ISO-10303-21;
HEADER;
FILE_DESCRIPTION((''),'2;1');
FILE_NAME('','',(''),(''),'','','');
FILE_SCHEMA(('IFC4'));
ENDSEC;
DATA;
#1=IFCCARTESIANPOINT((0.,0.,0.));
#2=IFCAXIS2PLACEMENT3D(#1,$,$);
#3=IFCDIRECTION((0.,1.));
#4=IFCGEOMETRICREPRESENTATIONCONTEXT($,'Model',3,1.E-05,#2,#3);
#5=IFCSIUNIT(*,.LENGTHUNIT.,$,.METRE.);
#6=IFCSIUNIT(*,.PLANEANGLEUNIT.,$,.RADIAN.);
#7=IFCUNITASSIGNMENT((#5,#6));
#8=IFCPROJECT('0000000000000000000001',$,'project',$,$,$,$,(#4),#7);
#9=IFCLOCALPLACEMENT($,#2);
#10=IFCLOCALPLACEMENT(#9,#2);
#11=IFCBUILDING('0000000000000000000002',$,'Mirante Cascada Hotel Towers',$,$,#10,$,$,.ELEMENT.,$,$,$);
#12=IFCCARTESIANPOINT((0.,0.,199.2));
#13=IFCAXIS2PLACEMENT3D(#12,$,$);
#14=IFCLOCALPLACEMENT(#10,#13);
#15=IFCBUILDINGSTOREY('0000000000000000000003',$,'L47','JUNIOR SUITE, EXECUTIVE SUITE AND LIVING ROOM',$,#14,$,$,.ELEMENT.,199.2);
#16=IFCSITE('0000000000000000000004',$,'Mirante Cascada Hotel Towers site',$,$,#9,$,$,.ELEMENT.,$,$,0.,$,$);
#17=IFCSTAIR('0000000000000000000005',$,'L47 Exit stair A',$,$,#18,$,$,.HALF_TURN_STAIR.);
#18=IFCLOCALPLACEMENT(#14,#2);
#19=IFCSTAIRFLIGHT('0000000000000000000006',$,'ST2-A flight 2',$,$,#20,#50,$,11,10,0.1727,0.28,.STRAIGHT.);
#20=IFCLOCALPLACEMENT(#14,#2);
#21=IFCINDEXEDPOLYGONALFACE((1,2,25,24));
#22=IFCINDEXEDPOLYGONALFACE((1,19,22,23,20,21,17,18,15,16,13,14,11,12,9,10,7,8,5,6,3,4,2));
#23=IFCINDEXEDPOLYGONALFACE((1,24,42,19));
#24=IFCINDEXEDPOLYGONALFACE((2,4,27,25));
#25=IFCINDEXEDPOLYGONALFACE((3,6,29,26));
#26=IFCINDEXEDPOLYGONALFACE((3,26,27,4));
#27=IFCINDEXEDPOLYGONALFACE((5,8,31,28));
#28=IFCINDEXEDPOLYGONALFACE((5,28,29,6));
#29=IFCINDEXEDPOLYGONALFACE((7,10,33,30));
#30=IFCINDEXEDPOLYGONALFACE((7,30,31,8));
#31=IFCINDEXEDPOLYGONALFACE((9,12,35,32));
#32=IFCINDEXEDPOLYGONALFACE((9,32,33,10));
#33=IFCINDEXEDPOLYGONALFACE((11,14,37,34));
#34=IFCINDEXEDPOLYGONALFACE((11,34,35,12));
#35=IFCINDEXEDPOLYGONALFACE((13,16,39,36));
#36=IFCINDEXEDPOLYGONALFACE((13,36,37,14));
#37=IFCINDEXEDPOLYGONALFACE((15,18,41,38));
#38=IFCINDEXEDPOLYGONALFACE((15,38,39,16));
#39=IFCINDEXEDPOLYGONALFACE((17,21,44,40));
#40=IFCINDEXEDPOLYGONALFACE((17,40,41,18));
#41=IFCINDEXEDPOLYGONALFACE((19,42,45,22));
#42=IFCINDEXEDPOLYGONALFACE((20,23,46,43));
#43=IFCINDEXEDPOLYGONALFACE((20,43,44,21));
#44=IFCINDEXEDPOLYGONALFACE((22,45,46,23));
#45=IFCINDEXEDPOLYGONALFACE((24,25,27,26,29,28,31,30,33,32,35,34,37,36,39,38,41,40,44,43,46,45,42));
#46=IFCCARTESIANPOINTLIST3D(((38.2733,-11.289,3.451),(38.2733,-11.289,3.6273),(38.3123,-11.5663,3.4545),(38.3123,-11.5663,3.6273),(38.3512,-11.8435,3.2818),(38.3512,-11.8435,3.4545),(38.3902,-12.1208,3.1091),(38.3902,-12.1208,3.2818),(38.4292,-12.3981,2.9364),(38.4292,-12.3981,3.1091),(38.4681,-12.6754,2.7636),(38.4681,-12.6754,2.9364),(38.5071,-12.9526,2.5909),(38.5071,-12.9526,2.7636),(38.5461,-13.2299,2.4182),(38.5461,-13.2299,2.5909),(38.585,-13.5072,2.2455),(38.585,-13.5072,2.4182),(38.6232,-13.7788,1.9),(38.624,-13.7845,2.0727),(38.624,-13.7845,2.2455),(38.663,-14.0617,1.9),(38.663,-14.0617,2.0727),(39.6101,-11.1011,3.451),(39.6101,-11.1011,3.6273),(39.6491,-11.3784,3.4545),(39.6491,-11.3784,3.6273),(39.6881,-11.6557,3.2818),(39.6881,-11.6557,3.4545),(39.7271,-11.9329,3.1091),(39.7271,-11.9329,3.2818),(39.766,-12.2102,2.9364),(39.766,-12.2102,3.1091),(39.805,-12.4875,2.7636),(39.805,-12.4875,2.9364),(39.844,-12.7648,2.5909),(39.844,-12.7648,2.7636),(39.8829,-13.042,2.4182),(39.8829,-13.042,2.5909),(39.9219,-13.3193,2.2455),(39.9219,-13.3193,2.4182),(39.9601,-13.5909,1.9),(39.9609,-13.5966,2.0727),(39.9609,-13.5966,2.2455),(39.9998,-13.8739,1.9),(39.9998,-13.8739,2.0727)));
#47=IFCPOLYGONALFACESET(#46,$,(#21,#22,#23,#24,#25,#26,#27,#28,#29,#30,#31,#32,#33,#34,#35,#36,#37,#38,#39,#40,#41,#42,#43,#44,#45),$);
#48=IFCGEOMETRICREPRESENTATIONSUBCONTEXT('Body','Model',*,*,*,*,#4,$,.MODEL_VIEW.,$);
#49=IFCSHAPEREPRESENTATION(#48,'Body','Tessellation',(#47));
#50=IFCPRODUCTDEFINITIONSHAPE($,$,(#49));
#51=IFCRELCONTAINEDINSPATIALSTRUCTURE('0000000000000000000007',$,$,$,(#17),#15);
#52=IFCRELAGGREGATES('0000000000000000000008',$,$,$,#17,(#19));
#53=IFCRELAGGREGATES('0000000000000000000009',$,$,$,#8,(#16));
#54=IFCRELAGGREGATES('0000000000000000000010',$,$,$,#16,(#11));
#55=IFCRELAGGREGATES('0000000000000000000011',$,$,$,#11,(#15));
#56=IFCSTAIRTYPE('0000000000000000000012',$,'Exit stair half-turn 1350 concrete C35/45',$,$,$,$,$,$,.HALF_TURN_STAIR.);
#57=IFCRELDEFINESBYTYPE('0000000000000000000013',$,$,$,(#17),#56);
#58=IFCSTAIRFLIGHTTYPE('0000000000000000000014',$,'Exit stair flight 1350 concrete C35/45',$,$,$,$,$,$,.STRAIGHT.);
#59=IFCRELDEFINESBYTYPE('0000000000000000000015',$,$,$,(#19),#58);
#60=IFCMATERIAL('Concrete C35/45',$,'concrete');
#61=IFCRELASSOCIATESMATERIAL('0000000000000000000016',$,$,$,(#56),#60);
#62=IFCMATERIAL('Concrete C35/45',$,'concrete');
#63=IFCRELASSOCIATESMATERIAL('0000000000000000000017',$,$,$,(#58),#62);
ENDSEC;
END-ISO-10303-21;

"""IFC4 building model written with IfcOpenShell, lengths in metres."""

from ifc_helpers import new_model, si_unit, direction, frame, origin, place, context, subcontext, project, spatial, polyline, outline, extrude, material, type_object, element, aggregate, save


model = new_model("IFC4")

# Units and contexts
model_context = context("Model", 3, precision=1e-05, world=origin(), true_north=direction((0.0, 1.0)))
body_context = subcontext(model_context, "Body", "Model", "MODEL_VIEW")
ifc_project = project(units=[si_unit("LENGTHUNIT", "METRE"), si_unit("PLANEANGLEUNIT", "RADIAN")], contexts=[model_context])

# Site, building, storey
site_placement = place(None, origin())
site = spatial("IfcSite", under=ifc_project, at=site_placement, Name="Mirante Cascada Hotel Towers site", CompositionType="ELEMENT", RefElevation=0.0)
building_placement = place(site_placement, origin())
building = spatial("IfcBuilding", under=site, at=building_placement, Name="Mirante Cascada Hotel Towers", CompositionType="ELEMENT")
storey_placement = place(building_placement, frame((0.0, 0.0, 199.2)))
storey = spatial("IfcBuildingStorey", under=building, at=storey_placement, Name="L47", Description="JUNIOR SUITE, EXECUTIVE SUITE AND LIVING ROOM", CompositionType="ELEMENT", Elevation=199.2)

# Stair, stair flight
ifc_material_1 = material(Name="Concrete C35/45", Category="concrete")
stair_type = type_object("IfcStairType", Name="Exit stair half-turn 1350 concrete C35/45", PredefinedType="HALF_TURN_STAIR", material=ifc_material_1)
stair_placement = place(storey_placement, origin())
stair = element("IfcStair", 1, at=stair_placement, inside=storey, type_object=stair_type, Name="L47 Exit stair A", PredefinedType="HALF_TURN_STAIR")
ifc_material_2 = material(Name="Concrete C35/45", Category="concrete")
stair_flight_type = type_object("IfcStairFlightType", Name="Exit stair flight 1350 concrete C35/45", PredefinedType="STRAIGHT", material=ifc_material_2)
stair_flight_placement = place(storey_placement, frame((39.3314, -13.9678, 1.9), z_axis=(0.0, 0.0, 1.0), x_axis=(-0.139173, 0.990268, 0.0)))
stair_flight = element("IfcStairFlight", 2, at=stair_flight_placement, type_object=stair_flight_type, Name="ST2-A flight 2", NumberOfRisers=11, NumberOfTreads=10, PredefinedType="STRAIGHT", RiserHeight=0.1727, TreadLength=0.28, context=body_context, shape_type="SweptSolid", body=[
    extrude(outline(polyline([(0.0, 0.0), (0.0, 0.1727), (0.28, 0.1727), (0.28, 0.3455), (0.56, 0.3455), (0.56, 0.5182), (0.84, 0.5182), (0.84, 0.6909), (1.12, 0.6909), (1.12, 0.8636), (1.4, 0.8636), (1.4, 1.0364), (1.68, 1.0364), (1.68, 1.2091), (1.96, 1.2091), (1.96, 1.3818), (2.24, 1.3818), (2.24, 1.5545), (2.52, 1.5545), (2.52, 1.7273), (2.8, 1.7273), (2.8, 1.9), (2.8, 1.551), (0.2857, 0.0), (0.0, 0.0)])), frame((0.0, 0.675, 0.0), z_axis=(0.0, -1.0, 0.0), x_axis=(1.0, 0.0, 0.0)), (0.0, 0.0, 1.0), 1.35),
])
aggregate(stair, [stair_flight])

save(model, "model.ifc")
